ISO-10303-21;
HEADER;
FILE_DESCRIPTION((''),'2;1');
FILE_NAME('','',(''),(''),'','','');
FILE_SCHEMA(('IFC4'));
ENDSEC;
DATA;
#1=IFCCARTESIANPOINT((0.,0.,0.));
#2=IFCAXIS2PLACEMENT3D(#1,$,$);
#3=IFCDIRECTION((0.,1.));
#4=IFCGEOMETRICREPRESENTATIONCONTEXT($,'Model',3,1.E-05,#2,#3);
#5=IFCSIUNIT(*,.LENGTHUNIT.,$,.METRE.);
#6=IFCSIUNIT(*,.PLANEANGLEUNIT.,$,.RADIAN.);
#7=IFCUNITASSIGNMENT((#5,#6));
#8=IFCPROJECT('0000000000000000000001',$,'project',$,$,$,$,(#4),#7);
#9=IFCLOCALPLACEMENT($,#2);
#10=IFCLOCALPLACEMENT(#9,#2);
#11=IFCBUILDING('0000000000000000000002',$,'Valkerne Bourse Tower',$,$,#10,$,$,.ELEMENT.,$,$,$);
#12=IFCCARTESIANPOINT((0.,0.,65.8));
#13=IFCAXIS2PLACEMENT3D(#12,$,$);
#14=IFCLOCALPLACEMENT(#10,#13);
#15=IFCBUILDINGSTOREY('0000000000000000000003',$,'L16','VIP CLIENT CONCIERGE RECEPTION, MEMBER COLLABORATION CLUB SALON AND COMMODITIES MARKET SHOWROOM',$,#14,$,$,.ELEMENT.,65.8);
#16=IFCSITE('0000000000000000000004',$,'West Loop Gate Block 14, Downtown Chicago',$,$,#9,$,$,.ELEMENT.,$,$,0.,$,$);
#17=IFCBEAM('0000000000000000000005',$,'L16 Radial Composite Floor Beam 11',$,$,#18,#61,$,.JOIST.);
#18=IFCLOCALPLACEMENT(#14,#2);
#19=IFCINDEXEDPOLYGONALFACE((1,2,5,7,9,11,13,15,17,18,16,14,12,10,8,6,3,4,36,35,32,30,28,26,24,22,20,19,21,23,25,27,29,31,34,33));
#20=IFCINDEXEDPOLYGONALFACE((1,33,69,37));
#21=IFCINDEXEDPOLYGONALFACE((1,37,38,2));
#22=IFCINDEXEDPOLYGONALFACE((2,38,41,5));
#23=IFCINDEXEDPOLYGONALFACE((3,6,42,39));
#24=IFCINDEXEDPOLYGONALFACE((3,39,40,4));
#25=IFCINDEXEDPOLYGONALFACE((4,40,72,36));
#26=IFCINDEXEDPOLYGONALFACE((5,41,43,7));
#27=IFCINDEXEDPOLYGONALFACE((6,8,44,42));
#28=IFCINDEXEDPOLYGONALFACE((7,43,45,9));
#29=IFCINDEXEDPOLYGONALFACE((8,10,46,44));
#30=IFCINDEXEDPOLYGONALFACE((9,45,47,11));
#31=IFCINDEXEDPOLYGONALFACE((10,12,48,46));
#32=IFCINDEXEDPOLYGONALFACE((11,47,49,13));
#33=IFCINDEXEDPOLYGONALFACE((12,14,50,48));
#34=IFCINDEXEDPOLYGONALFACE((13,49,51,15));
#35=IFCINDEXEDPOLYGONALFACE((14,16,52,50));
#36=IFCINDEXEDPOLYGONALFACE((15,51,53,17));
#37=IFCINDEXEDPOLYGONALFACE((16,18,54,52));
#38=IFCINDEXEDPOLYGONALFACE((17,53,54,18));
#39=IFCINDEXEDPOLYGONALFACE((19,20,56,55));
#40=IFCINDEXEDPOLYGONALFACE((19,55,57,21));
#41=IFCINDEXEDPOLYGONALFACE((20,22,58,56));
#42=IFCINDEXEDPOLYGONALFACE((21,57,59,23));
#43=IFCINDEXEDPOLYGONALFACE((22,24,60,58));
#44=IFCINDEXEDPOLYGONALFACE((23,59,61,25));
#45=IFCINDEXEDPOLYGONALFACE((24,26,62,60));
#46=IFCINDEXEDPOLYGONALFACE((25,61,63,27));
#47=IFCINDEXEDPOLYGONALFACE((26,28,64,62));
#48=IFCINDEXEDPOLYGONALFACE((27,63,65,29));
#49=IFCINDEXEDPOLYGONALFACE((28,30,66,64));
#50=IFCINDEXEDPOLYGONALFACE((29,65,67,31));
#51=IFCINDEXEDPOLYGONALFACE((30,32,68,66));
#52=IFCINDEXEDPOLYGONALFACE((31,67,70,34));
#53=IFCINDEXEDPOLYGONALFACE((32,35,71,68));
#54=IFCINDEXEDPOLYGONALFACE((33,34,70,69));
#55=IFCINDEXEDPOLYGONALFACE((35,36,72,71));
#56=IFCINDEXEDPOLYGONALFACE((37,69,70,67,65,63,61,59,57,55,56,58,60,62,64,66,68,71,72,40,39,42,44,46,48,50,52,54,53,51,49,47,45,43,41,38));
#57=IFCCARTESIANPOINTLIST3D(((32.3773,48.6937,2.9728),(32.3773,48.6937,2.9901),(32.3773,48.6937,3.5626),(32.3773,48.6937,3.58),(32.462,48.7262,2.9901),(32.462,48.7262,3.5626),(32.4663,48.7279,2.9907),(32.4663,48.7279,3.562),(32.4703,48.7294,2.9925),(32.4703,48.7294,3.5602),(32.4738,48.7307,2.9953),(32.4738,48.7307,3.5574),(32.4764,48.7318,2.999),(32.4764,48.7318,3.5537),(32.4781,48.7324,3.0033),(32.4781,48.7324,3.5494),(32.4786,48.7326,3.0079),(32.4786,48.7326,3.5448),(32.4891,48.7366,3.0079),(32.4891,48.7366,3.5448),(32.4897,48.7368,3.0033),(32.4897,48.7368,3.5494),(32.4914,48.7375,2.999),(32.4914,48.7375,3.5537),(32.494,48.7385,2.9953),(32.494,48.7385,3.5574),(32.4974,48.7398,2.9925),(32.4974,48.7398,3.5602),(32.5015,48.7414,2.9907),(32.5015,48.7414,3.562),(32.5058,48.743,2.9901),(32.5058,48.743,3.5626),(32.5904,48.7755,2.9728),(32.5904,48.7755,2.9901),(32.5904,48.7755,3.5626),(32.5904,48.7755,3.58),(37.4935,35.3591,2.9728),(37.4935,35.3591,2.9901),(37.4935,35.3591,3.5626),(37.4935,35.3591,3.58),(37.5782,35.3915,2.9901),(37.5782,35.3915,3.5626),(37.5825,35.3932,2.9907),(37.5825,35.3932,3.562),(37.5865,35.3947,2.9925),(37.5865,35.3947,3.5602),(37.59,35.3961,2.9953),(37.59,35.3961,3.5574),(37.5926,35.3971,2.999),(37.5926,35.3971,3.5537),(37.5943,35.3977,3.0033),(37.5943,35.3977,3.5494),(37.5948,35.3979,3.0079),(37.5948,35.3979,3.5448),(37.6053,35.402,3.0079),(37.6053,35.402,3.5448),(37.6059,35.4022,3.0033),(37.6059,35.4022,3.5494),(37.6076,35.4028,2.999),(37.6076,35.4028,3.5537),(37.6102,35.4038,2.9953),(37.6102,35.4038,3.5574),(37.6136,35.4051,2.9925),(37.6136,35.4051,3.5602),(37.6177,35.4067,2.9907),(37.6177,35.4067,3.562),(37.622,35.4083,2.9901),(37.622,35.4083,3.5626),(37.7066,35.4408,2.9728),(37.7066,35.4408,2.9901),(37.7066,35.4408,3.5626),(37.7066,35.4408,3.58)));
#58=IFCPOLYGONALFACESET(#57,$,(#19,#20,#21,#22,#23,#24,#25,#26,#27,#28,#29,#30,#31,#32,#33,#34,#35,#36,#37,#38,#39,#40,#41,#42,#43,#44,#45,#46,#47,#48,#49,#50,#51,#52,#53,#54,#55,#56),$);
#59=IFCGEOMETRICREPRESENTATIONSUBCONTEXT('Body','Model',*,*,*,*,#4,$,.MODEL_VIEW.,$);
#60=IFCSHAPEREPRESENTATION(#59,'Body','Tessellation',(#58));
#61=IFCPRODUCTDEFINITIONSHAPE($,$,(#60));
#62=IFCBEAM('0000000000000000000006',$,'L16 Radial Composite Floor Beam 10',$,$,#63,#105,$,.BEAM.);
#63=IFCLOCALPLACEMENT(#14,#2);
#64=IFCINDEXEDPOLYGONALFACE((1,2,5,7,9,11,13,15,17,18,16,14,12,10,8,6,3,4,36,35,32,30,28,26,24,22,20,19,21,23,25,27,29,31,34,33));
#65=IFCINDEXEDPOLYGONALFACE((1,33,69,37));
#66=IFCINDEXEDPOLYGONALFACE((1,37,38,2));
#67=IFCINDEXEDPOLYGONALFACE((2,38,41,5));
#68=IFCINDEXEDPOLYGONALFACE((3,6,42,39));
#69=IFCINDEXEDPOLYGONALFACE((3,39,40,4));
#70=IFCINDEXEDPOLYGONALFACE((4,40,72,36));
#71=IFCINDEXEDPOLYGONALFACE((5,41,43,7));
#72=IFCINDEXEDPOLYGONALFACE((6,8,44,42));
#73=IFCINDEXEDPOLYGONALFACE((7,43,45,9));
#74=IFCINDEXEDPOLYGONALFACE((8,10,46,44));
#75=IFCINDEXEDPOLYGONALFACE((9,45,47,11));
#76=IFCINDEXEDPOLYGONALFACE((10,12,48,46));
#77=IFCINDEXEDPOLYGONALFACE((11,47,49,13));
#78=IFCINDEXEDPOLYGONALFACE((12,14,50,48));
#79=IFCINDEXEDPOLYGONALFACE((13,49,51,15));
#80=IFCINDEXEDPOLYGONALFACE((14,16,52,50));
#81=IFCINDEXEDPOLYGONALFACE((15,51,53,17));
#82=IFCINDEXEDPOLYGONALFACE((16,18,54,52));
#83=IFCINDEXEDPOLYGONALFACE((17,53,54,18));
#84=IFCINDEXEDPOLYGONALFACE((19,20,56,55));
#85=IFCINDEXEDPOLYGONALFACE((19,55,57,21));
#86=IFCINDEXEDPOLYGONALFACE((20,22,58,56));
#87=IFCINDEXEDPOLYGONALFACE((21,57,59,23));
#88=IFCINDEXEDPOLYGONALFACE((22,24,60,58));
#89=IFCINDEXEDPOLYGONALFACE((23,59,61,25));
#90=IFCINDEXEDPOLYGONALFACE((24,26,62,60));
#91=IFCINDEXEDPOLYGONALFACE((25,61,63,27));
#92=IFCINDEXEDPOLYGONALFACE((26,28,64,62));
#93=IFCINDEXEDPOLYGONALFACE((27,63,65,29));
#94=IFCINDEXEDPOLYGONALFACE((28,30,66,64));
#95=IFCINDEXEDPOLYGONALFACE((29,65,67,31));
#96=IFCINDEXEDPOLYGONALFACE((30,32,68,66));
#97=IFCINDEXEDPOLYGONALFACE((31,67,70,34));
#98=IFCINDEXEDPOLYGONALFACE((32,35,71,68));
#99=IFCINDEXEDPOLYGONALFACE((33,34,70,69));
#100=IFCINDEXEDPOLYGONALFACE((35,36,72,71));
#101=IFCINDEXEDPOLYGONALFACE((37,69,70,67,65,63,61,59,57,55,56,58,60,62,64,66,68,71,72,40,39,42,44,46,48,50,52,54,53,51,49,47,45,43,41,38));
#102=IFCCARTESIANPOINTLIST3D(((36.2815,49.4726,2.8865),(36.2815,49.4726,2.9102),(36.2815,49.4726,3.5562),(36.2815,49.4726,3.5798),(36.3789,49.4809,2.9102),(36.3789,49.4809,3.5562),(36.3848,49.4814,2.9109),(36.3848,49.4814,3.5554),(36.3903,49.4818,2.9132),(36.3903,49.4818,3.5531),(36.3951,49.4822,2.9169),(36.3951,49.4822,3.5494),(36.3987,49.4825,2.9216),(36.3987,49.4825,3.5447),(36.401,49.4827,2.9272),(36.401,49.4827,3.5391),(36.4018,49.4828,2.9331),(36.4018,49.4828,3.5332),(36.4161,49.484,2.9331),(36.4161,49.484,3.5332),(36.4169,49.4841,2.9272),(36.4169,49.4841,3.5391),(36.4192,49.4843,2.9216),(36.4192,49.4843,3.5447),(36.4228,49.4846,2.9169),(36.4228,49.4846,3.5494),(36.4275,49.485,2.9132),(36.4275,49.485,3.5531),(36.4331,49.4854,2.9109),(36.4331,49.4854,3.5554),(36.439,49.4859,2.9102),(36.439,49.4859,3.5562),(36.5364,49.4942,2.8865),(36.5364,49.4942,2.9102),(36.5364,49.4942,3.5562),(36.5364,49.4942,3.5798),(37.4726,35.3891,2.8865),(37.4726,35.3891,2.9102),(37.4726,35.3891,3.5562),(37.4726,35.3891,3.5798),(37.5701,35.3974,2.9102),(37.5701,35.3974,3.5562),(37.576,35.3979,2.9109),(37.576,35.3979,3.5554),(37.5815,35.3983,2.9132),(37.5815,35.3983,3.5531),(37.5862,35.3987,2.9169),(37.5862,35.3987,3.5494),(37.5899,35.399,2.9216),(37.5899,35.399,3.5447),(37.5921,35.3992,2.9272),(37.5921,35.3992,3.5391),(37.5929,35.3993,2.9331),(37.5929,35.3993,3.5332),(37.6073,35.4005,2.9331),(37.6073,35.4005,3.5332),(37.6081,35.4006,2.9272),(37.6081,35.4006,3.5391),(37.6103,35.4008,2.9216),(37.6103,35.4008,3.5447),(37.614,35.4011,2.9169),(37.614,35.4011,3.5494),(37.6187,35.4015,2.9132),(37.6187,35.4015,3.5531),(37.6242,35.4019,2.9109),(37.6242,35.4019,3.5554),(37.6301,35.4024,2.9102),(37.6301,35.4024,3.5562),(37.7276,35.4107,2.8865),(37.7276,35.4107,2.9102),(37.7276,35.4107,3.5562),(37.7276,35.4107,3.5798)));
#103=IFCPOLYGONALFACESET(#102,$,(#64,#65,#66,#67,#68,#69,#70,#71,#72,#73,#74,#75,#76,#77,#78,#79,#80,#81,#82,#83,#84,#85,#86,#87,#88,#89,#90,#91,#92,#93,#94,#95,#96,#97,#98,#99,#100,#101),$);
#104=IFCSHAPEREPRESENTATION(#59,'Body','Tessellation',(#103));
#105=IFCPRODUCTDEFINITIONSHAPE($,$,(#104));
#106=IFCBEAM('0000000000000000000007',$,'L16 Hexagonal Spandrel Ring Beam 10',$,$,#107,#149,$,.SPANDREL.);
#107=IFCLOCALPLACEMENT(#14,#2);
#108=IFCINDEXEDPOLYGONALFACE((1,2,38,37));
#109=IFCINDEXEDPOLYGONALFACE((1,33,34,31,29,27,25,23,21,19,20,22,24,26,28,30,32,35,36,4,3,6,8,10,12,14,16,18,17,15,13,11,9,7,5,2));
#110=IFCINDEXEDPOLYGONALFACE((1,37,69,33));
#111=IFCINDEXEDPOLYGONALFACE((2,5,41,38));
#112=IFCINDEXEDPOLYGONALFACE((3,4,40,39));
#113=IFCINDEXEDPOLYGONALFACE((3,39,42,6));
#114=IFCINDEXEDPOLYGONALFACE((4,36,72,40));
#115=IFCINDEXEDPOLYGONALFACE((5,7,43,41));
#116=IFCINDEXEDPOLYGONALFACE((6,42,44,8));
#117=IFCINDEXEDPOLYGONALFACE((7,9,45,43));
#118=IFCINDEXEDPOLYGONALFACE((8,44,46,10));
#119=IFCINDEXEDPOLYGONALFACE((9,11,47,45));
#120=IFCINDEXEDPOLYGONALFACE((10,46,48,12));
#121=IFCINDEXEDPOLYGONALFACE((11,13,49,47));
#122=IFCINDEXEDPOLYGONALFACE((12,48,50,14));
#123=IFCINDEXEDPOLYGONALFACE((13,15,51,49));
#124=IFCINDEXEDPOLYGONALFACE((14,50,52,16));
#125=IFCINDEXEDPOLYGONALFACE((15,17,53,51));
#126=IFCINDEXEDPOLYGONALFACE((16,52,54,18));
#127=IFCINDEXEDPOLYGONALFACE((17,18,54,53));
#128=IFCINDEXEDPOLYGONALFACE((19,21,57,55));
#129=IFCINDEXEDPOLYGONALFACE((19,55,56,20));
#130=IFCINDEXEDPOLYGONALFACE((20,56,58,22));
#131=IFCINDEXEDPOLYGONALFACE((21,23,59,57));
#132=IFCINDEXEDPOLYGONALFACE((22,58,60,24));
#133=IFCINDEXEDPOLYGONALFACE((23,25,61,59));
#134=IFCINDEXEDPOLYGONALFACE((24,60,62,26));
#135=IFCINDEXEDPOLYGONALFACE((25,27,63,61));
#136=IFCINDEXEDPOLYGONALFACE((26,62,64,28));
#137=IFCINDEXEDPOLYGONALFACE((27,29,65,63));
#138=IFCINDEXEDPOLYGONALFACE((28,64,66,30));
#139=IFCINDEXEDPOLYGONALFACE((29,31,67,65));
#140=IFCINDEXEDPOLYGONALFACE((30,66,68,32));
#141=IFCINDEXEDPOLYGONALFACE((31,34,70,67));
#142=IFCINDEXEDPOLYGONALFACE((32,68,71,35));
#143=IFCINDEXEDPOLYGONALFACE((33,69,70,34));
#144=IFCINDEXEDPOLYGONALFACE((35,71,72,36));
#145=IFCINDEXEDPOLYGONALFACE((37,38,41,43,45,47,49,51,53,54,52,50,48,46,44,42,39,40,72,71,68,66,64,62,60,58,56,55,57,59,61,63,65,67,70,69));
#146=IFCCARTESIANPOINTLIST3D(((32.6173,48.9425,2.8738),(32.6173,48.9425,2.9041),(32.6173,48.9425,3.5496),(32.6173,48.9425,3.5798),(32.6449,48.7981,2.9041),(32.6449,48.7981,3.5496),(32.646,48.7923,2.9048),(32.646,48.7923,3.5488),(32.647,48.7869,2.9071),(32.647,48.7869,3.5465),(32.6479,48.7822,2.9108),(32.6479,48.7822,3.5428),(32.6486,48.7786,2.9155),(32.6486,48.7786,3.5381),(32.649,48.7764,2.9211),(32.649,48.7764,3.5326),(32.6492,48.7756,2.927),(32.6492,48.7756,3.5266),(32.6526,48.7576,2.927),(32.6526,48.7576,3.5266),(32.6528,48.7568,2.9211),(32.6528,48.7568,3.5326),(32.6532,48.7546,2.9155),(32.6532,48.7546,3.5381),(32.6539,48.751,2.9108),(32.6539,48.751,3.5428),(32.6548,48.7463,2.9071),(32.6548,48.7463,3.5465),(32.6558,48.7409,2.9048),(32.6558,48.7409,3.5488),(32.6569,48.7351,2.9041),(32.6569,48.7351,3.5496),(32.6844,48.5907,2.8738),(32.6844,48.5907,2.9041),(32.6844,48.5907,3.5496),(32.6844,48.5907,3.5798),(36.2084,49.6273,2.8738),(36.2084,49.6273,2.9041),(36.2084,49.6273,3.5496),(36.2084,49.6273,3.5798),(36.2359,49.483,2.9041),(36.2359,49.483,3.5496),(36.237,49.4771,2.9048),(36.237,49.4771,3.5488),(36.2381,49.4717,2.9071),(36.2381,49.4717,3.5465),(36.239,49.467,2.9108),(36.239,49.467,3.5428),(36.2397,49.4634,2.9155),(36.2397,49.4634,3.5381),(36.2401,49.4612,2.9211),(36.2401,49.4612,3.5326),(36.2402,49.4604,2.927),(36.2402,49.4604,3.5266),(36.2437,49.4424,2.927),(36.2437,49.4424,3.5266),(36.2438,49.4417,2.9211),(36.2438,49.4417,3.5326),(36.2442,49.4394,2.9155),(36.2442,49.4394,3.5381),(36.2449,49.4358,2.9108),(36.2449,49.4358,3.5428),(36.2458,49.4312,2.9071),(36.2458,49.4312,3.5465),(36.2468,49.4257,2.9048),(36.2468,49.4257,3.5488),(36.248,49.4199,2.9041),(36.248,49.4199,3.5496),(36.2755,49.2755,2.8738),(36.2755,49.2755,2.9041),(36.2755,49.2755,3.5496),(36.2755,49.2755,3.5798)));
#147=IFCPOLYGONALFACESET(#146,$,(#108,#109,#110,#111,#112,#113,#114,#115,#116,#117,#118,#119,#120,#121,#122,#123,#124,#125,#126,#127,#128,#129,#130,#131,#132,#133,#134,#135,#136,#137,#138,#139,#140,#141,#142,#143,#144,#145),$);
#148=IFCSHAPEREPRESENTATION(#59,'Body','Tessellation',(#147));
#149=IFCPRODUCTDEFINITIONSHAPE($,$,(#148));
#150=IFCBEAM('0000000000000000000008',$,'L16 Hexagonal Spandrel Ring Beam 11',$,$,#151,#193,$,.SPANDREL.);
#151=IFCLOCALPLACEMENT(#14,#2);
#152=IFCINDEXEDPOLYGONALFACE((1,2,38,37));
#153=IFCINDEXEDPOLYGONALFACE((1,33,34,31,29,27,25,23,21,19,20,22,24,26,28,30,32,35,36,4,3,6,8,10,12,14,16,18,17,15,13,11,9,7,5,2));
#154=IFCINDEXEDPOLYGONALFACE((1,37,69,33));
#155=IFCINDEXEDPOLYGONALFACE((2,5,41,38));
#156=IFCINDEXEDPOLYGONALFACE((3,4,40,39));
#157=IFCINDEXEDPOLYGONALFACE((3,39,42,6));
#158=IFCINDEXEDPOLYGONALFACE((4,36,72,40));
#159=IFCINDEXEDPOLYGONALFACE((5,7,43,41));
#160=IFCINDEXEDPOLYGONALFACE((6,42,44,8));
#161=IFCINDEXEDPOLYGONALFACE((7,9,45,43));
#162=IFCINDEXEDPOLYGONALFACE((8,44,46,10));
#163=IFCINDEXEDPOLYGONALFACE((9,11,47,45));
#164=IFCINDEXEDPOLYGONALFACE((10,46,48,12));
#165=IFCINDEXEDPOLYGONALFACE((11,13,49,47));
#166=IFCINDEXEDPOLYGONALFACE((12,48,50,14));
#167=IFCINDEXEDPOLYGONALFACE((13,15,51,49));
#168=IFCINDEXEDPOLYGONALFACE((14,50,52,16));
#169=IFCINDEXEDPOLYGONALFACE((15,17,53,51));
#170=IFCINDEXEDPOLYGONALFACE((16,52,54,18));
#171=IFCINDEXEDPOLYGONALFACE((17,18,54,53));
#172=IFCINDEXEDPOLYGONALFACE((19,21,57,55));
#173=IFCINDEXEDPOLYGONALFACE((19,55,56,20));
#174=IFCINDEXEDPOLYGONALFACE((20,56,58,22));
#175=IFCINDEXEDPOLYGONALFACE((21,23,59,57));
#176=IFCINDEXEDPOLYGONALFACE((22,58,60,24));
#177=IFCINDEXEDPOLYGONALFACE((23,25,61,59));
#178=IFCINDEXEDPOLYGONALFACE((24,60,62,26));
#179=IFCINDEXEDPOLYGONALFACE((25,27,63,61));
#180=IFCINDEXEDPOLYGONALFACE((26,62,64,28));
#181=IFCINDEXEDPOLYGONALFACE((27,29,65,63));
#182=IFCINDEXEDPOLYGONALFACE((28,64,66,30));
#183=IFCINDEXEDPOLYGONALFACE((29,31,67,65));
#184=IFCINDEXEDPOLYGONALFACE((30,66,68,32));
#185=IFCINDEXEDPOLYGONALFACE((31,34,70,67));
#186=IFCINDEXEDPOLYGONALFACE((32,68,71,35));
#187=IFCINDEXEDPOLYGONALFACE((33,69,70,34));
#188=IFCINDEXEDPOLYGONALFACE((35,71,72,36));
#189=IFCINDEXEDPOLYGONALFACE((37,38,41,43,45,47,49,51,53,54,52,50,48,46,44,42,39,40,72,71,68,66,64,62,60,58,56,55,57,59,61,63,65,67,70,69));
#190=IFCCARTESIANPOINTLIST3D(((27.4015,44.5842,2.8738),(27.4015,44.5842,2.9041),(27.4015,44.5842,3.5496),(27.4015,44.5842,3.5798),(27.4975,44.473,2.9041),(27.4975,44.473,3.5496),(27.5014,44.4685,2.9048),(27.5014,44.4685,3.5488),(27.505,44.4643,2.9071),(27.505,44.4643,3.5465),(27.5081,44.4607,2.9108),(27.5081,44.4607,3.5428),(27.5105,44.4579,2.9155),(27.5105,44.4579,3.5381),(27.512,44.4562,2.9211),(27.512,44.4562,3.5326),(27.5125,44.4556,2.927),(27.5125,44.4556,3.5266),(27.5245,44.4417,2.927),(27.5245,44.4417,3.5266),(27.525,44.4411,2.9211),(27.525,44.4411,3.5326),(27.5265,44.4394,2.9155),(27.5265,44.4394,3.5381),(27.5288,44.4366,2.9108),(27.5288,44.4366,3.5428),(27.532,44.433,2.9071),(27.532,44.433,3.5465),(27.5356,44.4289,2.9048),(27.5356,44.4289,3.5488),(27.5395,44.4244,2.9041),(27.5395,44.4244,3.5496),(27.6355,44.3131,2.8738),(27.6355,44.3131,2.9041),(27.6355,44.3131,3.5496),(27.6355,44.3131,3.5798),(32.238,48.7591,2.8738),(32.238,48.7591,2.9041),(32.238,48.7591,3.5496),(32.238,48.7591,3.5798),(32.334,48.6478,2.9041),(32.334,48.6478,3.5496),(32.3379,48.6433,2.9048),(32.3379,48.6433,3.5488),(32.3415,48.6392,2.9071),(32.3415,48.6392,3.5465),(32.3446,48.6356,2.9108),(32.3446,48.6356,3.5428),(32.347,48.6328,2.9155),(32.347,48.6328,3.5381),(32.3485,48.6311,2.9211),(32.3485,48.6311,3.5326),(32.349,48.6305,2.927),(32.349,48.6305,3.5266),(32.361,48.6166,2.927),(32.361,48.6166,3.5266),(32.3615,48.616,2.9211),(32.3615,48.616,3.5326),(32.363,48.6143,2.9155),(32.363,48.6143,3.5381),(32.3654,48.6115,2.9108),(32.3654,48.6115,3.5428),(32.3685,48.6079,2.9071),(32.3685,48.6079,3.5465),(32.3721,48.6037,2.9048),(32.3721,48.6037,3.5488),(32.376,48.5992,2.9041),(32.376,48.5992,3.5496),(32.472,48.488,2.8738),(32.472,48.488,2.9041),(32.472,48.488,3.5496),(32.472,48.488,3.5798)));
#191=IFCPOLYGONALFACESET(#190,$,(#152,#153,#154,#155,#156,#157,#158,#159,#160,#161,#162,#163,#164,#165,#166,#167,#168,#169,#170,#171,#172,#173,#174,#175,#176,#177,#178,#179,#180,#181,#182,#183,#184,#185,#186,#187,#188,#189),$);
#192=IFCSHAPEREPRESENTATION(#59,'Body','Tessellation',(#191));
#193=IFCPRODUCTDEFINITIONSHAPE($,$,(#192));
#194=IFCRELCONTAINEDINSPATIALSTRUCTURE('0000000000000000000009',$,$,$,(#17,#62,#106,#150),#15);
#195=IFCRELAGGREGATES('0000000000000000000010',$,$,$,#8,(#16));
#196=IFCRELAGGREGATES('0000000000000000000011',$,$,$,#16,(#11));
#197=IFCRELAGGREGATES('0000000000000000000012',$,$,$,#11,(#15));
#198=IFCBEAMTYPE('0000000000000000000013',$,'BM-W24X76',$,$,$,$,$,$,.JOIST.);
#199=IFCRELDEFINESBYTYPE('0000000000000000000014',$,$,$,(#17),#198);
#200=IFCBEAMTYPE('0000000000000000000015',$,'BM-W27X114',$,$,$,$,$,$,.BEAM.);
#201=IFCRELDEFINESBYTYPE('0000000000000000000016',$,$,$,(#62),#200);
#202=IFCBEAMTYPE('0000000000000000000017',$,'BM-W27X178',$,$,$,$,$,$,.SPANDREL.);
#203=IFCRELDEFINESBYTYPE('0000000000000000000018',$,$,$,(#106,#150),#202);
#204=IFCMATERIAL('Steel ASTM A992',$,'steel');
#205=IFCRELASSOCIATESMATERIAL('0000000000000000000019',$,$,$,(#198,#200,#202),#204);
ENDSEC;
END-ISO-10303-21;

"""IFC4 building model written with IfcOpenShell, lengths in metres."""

from ifc_helpers import new_model, si_unit, direction, frame, origin, origin_2d, place, context, subcontext, project, spatial, i_section, extrude, material, material_profile, profile_set, type_object, element, save


model = new_model("IFC4")

# Units and contexts
model_context = context("Model", 3, precision=1e-05, world=origin(), true_north=direction((0.0, 1.0)))
body_context = subcontext(model_context, "Body", "Model", "MODEL_VIEW")
ifc_project = project(units=[si_unit("LENGTHUNIT", "METRE"), si_unit("PLANEANGLEUNIT", "RADIAN")], contexts=[model_context])

# Site, building, storey
site_placement = place(None, origin())
site = spatial("IfcSite", under=ifc_project, at=site_placement, Name="West Loop Gate Block 14, Downtown Chicago", CompositionType="ELEMENT", RefElevation=0.0)
building_placement = place(site_placement, origin())
building = spatial("IfcBuilding", under=site, at=building_placement, Name="Valkerne Bourse Tower", CompositionType="ELEMENT")
storey_placement = place(building_placement, frame((0.0, 0.0, 65.8)))
storey = spatial("IfcBuildingStorey", under=building, at=storey_placement, Name="L16", Description="VIP CLIENT CONCIERGE RECEPTION, MEMBER COLLABORATION CLUB SALON AND COMMODITIES MARKET SHOWROOM", CompositionType="ELEMENT", Elevation=65.8)

# Beams
ifc_material_1 = material(Name="Steel ASTM A992", Category="steel")
ifc_material_profile_1 = material_profile(ifc_material_1, i_section(OverallWidth=0.2283, OverallDepth=0.6072, WebThickness=0.0112, FlangeThickness=0.0173, FilletRadius=0.0178, at=origin_2d()), Name="W24X76")
ifc_profile_set_1 = profile_set([ifc_material_profile_1], Name="Steel ASTM A992")
beam_type_1 = type_object("IfcBeamType", Name="BM-W24X76", PredefinedType="JOIST", material=ifc_profile_set_1)
beam_1_placement = place(storey_placement, frame((32.4839, 48.7346, 3.2764), z_axis=(0.358215, -0.933639, 0.0), x_axis=(0.933639, 0.358215, 0.0)))
element("IfcBeam", 1, at=beam_1_placement, inside=storey, type_object=beam_type_1, Name="L16 Radial Composite Floor Beam 11", PredefinedType="JOIST", context=body_context, shape_type="SweptSolid", body=[
    extrude(i_section(OverallWidth=0.2283, OverallDepth=0.6072, WebThickness=0.0112, FlangeThickness=0.0173, FilletRadius=0.0178, at=origin_2d()), origin(), (0.0, 0.0, 1.0), 14.2825),
])
ifc_material_profile_2 = material_profile(ifc_material_1, i_section(OverallWidth=0.2559, OverallDepth=0.6934, WebThickness=0.0144, FlangeThickness=0.0237, FilletRadius=0.0229, at=origin_2d()), Name="W27X114")
ifc_profile_set_2 = profile_set([ifc_material_profile_2], Name="Steel ASTM A992")
beam_type_2 = type_object("IfcBeamType", Name="BM-W27X114", PredefinedType="BEAM", material=ifc_profile_set_2)
beam_2_placement = place(storey_placement, frame((36.4089, 49.4834, 3.2332), z_axis=(0.084278, -0.996442, 0.0), x_axis=(0.996442, 0.084278, 0.0)))
element("IfcBeam", 2, at=beam_2_placement, inside=storey, type_object=beam_type_2, Name="L16 Radial Composite Floor Beam 10", PredefinedType="BEAM", context=body_context, shape_type="SweptSolid", body=[
    extrude(i_section(OverallWidth=0.2559, OverallDepth=0.6934, WebThickness=0.0144, FlangeThickness=0.0237, FilletRadius=0.0229, at=origin_2d()), origin(), (0.0, 0.0, 1.0), 14.1338),
])
ifc_material_profile_3 = material_profile(ifc_material_1, i_section(OverallWidth=0.3582, OverallDepth=0.7061, WebThickness=0.0183, FlangeThickness=0.0303, FilletRadius=0.0229, at=origin_2d()), Name="W27X178")
ifc_profile_set_3 = profile_set([ifc_material_profile_3], Name="Steel ASTM A992")
beam_type_3 = type_object("IfcBeamType", Name="BM-W27X178", PredefinedType="SPANDREL", material=ifc_profile_set_3)
beam_3_placement = place(storey_placement, frame((36.2419, 49.4514, 3.2268), z_axis=(-0.982298, -0.187324, 0.0), x_axis=(0.187324, -0.982298, 0.0)))
element("IfcBeam", 3, at=beam_3_placement, inside=storey, type_object=beam_type_3, Name="L16 Hexagonal Spandrel Ring Beam 10", PredefinedType="SPANDREL", context=body_context, shape_type="SweptSolid", body=[
    extrude(i_section(OverallWidth=0.3582, OverallDepth=0.7061, WebThickness=0.0183, FlangeThickness=0.0303, FilletRadius=0.0229, at=origin_2d()), origin(), (0.0, 0.0, 1.0), 3.6558),
])
beam_4_placement = place(storey_placement, frame((32.355, 48.6235, 3.2268), z_axis=(-0.756986, -0.653431, 0.0), x_axis=(0.653431, -0.756986, 0.0)))
element("IfcBeam", 4, at=beam_4_placement, inside=storey, type_object=beam_type_3, Name="L16 Hexagonal Spandrel Ring Beam 11", PredefinedType="SPANDREL", context=body_context, shape_type="SweptSolid", body=[
    extrude(i_section(OverallWidth=0.3582, OverallDepth=0.7061, WebThickness=0.0183, FlangeThickness=0.0303, FilletRadius=0.0229, at=origin_2d()), origin(), (0.0, 0.0, 1.0), 6.3892),
])

save(model, "model.ifc")
